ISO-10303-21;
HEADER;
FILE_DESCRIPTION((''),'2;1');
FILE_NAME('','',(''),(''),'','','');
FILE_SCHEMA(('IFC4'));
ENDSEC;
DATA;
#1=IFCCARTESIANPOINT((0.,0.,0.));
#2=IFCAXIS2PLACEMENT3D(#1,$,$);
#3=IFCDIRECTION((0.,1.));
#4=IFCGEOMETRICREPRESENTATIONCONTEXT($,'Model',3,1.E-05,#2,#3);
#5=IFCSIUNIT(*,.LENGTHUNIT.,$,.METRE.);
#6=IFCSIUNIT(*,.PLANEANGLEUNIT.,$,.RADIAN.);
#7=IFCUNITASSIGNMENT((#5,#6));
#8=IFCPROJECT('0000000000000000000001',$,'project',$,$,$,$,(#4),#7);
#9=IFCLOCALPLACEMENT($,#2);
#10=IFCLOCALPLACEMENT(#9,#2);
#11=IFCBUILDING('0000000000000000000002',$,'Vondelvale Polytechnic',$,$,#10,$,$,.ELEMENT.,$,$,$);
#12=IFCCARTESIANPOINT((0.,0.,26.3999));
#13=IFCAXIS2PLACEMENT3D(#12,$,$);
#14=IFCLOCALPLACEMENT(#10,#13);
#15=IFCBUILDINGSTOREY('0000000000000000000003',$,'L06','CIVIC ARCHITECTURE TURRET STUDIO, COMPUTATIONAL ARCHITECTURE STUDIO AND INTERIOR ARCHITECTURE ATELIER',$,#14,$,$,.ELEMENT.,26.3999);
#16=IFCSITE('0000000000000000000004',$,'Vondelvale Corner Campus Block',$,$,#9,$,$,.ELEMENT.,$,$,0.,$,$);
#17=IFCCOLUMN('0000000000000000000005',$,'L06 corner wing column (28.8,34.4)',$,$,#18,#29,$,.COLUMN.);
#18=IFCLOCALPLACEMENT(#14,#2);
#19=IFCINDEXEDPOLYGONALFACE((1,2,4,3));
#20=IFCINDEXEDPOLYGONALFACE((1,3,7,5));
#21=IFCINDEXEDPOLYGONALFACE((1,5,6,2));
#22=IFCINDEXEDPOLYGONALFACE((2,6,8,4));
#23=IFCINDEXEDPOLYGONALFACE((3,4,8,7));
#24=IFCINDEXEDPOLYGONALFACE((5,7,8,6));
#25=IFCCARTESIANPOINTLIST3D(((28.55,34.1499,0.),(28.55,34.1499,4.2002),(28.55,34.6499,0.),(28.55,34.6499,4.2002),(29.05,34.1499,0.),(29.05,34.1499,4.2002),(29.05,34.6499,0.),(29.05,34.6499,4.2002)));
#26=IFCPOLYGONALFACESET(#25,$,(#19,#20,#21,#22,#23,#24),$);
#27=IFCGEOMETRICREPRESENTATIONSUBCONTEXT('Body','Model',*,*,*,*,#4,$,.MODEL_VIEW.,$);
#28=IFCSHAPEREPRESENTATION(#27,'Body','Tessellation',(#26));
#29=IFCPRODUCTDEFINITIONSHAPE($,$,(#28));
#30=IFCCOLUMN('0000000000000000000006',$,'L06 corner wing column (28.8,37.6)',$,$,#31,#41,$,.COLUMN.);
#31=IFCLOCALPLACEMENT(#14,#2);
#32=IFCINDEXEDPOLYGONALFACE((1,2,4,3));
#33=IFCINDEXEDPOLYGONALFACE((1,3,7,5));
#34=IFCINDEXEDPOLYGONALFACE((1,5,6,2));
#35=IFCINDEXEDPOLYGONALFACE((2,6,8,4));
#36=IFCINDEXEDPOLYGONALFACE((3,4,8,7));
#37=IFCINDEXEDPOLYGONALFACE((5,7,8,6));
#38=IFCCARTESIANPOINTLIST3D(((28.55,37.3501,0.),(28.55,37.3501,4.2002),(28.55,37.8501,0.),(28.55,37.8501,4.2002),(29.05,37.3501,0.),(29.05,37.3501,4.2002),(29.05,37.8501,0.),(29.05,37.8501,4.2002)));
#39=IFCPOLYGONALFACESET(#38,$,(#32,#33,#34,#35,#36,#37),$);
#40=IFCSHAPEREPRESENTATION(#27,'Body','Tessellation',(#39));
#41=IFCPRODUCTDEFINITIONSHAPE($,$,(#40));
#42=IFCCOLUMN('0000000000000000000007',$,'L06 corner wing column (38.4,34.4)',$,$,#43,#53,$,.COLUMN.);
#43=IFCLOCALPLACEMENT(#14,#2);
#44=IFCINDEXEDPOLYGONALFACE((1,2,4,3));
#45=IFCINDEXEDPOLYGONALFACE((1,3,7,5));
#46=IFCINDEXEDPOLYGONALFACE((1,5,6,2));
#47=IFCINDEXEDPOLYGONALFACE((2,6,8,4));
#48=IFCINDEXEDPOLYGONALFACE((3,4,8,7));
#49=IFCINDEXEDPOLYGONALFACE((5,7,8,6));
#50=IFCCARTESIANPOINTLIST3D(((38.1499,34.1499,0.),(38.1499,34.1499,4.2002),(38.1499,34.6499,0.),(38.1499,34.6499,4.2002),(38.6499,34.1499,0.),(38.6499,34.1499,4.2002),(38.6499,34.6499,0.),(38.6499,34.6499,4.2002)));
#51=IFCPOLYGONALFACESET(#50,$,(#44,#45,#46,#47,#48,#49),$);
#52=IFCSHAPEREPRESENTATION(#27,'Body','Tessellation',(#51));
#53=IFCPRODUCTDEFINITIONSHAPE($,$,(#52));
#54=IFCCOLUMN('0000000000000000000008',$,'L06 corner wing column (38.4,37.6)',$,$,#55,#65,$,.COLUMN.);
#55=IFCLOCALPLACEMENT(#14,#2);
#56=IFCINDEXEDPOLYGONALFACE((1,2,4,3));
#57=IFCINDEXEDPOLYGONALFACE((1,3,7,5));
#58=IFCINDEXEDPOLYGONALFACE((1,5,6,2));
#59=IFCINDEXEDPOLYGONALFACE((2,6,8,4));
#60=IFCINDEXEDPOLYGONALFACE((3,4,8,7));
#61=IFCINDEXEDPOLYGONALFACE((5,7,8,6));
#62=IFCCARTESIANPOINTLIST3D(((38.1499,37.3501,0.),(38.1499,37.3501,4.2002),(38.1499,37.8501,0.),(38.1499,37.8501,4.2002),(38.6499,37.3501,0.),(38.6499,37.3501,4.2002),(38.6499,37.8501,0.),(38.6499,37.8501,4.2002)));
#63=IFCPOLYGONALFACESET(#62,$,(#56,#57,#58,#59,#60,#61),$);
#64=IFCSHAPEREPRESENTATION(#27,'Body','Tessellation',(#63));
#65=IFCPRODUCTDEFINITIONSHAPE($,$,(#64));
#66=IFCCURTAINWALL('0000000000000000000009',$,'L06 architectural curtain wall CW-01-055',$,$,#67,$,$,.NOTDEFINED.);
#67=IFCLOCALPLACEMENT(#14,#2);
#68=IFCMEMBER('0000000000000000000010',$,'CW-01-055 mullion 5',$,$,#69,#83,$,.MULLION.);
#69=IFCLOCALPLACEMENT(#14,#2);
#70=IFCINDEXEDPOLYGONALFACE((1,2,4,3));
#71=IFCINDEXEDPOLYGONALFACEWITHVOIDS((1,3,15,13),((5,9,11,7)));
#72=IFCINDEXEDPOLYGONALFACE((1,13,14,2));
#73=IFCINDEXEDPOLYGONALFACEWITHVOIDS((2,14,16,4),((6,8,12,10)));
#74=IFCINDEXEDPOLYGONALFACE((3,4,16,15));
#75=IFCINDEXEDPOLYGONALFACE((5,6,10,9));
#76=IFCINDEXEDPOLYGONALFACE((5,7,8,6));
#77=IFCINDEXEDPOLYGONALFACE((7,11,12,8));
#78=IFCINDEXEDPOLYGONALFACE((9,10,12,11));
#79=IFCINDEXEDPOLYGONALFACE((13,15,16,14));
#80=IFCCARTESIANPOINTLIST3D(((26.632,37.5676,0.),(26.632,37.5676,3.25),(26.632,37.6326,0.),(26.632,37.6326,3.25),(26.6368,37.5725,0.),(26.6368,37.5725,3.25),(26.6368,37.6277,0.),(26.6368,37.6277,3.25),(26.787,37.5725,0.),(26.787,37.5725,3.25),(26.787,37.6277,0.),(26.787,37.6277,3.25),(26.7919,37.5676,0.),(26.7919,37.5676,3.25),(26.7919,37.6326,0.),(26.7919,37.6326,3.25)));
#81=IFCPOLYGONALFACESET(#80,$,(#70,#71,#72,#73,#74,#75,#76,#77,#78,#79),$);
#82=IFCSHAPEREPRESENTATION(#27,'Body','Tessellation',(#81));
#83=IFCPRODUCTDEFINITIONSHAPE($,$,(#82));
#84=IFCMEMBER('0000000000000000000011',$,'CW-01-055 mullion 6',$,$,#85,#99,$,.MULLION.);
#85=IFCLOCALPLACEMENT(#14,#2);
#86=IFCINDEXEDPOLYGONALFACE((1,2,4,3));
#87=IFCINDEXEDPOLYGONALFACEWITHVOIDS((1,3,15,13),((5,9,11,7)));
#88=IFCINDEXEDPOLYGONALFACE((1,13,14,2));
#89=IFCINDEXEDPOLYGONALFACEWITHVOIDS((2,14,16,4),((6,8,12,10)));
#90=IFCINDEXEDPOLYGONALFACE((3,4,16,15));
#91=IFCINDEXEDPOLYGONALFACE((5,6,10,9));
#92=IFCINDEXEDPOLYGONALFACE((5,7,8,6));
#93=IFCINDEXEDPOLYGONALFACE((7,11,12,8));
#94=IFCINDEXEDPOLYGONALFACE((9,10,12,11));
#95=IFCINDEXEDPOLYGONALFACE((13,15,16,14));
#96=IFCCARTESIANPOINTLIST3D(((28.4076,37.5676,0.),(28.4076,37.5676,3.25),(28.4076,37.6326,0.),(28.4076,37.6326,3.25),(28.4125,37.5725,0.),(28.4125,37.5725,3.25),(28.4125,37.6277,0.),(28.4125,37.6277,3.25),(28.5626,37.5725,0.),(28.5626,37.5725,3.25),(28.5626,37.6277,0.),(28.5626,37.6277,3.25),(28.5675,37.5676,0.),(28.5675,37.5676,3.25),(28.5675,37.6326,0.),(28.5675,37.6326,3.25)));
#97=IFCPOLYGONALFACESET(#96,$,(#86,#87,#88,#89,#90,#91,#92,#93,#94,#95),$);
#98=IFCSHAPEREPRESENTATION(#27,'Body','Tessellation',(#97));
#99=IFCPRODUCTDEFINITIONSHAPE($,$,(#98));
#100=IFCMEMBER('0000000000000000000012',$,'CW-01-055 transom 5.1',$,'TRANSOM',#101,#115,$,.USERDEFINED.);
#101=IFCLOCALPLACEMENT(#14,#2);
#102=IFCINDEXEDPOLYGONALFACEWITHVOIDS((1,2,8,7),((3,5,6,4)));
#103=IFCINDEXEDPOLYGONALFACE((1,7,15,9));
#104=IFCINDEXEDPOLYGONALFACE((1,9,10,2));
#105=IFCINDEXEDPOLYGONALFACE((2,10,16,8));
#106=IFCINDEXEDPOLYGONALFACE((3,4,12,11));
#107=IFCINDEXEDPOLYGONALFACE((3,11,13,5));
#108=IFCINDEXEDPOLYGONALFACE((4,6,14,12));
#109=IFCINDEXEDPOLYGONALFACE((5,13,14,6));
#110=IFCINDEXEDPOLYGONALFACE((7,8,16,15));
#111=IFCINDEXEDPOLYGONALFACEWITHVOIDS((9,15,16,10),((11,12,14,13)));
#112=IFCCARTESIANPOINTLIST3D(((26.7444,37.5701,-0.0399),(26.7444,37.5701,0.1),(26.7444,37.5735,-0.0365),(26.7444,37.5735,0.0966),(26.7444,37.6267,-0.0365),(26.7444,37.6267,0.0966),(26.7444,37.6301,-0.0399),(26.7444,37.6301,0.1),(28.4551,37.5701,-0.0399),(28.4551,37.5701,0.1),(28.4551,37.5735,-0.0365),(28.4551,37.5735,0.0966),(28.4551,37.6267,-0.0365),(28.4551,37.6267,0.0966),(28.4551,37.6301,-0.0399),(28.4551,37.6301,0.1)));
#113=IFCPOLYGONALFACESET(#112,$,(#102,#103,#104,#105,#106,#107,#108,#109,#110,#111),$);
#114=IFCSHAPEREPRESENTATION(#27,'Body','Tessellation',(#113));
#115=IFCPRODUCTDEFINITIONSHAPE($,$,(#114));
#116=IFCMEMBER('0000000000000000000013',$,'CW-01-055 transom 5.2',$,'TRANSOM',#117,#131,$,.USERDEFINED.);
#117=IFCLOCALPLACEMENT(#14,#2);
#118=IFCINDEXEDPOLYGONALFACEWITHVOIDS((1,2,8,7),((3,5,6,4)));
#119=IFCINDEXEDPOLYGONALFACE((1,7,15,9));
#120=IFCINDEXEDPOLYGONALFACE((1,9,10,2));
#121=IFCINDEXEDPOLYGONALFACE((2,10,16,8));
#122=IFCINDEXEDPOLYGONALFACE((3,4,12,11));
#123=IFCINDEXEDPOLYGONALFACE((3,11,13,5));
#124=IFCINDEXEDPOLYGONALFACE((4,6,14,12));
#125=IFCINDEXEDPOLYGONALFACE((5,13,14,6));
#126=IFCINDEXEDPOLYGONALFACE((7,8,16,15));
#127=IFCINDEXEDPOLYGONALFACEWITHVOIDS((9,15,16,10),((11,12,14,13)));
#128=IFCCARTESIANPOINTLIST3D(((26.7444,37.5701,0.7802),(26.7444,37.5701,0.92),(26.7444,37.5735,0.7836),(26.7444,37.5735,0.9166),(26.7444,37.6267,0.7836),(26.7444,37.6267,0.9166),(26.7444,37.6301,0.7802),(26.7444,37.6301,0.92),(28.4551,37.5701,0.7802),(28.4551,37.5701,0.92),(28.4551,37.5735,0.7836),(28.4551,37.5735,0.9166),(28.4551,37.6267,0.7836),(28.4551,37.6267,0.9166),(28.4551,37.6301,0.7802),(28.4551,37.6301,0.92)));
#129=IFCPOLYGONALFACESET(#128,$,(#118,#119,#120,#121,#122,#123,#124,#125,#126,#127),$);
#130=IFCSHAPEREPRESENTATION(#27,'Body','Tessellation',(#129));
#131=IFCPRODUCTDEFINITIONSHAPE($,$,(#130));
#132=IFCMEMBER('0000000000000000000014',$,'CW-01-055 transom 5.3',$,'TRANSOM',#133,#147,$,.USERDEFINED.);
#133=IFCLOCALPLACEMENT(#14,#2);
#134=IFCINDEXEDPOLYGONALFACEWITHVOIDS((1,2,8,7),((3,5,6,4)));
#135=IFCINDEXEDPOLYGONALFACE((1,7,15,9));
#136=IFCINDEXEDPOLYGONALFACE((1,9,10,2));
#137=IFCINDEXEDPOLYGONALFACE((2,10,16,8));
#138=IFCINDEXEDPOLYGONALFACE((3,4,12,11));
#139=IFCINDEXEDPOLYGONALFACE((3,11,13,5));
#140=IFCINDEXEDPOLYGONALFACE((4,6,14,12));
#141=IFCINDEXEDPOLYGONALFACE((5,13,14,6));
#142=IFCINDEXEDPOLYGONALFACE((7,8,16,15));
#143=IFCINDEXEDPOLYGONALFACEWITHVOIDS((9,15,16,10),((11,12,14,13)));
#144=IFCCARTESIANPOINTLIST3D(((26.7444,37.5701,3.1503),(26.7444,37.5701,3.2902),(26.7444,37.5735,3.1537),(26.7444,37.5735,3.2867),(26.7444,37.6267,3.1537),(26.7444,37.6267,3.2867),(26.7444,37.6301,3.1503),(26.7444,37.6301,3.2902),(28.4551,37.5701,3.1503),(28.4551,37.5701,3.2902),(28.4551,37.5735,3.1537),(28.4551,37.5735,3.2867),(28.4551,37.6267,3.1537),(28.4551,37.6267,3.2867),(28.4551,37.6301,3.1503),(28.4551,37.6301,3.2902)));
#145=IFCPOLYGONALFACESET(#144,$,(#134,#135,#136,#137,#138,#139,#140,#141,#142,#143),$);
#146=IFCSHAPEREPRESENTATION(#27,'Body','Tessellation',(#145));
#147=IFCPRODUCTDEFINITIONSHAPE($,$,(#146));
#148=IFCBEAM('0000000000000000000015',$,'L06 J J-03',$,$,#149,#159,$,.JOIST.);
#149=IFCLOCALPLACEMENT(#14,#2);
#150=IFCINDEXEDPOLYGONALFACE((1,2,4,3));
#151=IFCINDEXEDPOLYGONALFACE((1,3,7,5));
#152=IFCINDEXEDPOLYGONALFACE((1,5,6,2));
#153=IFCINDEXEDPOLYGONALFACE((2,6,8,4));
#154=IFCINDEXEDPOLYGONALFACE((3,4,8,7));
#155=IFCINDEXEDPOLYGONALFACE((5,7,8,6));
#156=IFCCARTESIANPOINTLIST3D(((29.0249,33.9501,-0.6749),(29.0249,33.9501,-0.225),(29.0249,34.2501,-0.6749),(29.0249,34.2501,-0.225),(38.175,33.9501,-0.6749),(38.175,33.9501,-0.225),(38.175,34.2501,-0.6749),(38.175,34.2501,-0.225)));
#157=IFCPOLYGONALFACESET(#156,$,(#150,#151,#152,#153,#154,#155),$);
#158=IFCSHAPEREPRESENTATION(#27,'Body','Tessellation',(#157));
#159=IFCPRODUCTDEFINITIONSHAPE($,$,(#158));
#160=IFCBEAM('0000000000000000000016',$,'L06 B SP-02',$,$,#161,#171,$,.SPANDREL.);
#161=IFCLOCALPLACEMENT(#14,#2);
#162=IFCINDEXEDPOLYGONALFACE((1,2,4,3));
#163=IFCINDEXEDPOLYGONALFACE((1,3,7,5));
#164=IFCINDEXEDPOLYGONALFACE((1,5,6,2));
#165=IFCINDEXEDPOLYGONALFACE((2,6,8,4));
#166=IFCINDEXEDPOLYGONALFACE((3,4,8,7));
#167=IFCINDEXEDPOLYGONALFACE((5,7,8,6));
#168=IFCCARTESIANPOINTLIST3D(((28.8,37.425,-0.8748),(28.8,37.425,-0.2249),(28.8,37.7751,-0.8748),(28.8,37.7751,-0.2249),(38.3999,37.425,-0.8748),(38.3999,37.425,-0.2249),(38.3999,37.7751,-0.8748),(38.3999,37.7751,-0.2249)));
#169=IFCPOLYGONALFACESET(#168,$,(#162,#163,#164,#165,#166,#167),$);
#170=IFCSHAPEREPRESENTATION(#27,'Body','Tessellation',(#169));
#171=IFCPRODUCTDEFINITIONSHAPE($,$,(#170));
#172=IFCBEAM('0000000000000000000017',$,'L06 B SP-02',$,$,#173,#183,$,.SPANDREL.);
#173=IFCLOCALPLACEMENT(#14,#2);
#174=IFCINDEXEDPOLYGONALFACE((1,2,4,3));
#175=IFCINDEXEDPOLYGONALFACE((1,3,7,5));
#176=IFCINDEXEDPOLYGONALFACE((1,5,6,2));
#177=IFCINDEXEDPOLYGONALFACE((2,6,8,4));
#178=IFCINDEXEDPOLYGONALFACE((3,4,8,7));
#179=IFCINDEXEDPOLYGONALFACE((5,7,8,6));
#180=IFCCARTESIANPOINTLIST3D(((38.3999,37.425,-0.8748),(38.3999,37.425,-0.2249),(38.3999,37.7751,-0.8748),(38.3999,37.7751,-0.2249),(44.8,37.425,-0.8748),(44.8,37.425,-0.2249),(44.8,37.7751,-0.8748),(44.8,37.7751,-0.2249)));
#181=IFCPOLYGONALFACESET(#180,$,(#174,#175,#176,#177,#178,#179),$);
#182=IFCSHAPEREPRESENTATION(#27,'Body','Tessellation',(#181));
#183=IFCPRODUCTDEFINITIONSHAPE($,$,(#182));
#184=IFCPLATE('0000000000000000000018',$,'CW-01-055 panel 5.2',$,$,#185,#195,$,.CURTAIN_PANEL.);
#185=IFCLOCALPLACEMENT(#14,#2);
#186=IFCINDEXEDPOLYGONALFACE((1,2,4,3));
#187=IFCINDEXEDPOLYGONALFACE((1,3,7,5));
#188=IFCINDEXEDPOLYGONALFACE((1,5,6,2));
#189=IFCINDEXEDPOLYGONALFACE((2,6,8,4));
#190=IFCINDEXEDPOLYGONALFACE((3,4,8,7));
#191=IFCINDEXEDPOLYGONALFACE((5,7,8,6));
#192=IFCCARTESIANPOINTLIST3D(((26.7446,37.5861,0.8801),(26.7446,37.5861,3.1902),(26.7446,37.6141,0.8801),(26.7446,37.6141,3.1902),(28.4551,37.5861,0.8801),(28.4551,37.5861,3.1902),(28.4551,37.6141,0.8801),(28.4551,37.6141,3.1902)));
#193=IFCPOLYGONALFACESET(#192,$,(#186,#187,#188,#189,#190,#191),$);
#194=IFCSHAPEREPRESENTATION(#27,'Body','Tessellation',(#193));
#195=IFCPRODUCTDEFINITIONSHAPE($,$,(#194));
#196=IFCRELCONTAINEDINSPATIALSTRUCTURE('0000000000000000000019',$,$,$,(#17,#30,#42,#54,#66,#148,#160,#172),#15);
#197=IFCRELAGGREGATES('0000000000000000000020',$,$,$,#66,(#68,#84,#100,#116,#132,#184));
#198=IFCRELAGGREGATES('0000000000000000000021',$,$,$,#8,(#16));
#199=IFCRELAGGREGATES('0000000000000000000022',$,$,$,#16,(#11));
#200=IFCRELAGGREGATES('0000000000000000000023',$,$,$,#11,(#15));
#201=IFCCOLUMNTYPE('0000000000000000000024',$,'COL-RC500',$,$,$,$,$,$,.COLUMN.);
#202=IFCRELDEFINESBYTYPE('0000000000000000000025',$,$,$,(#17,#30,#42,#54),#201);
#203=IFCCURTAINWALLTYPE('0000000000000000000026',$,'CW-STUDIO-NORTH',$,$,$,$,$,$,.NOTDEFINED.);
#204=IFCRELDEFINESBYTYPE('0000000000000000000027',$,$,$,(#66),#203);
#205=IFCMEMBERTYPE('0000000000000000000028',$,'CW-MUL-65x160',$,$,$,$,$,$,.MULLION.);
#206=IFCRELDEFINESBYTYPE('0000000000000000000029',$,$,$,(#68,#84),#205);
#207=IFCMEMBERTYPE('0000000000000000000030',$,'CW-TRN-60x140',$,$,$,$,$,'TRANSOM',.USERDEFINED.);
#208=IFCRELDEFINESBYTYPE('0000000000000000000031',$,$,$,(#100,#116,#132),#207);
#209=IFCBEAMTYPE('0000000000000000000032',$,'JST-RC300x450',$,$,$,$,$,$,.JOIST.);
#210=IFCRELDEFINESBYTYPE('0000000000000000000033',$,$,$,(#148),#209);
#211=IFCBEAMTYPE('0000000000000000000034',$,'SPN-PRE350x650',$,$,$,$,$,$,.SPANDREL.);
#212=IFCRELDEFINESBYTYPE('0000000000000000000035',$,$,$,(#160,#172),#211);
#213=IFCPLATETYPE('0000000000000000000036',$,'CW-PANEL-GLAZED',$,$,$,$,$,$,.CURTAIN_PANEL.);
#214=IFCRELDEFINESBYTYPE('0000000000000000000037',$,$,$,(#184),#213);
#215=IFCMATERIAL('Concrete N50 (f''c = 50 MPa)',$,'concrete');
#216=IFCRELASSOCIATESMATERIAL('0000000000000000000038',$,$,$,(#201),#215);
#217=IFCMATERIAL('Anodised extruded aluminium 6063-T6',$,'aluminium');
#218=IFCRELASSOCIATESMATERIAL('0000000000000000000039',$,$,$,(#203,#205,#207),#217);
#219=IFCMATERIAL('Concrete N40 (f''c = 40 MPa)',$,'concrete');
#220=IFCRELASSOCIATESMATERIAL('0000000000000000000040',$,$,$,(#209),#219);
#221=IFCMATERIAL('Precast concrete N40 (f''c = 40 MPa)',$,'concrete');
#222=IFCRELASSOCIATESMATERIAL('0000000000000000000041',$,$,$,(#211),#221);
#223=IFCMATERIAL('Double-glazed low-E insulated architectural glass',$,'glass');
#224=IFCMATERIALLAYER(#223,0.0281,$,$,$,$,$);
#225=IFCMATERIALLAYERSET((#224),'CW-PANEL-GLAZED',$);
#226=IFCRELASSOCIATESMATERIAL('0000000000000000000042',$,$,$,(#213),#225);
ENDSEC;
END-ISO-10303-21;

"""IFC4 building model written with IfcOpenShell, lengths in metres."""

from ifc_helpers import new_model, si_unit, direction, frame, origin, origin_2d, place, context, subcontext, project, spatial, rectangle, hollow_rectangle, extrude, material, layer, layer_set, material_profile, profile_set, type_object, element, aggregate, save


model = new_model("IFC4")

# Units and contexts
model_context = context("Model", 3, precision=1e-05, world=origin(), true_north=direction((0.0, 1.0)))
body_context = subcontext(model_context, "Body", "Model", "MODEL_VIEW")
ifc_project = project(units=[si_unit("LENGTHUNIT", "METRE"), si_unit("PLANEANGLEUNIT", "RADIAN")], contexts=[model_context])

# Site, building, storey
site_placement = place(None, origin())
site = spatial("IfcSite", under=ifc_project, at=site_placement, Name="Vondelvale Corner Campus Block", CompositionType="ELEMENT", RefElevation=0.0)
building_placement = place(site_placement, origin())
building = spatial("IfcBuilding", under=site, at=building_placement, Name="Vondelvale Polytechnic", CompositionType="ELEMENT")
storey_placement = place(building_placement, frame((0.0, 0.0, 26.3999)))
storey = spatial("IfcBuildingStorey", under=building, at=storey_placement, Name="L06", Description="CIVIC ARCHITECTURE TURRET STUDIO, COMPUTATIONAL ARCHITECTURE STUDIO AND INTERIOR ARCHITECTURE ATELIER", CompositionType="ELEMENT", Elevation=26.3999)

# Columns
ifc_material_1 = material(Name="Concrete N50 (f'c = 50 MPa)", Category="concrete")
ifc_material_profile_1 = material_profile(ifc_material_1, rectangle(XDim=0.5, YDim=0.5, at=origin_2d()), Name="RC-COL-500x500")
ifc_profile_set_1 = profile_set([ifc_material_profile_1], Name="Concrete N50 (f'c = 50 MPa)")
column_type = type_object("IfcColumnType", Name="COL-RC500", PredefinedType="COLUMN", material=ifc_profile_set_1)
for number, where, z_axis, x_axis, name in (
    (1, (28.8, 34.3999, 0.0), (0.0, 0.0, 1.0), (1.0, 0.0, 0.0), "L06 corner wing column (28.8,34.4)"),
    (2, (28.8, 37.6001, 0.0), (0.0, 0.0, 1.0), (1.0, 0.0, 0.0), "L06 corner wing column (28.8,37.6)"),
    (3, (38.3999, 34.3999, 0.0), (0.0, 0.0, 1.0), (1.0, 0.0, 0.0), "L06 corner wing column (38.4,34.4)"),
    (4, (38.3999, 37.6001, 0.0), (0.0, 0.0, 1.0), (1.0, 0.0, 0.0), "L06 corner wing column (38.4,37.6)"),
):
    element("IfcColumn", number, at=place(storey_placement, frame(where, z_axis=z_axis, x_axis=x_axis)), inside=storey, type_object=column_type, Name=name, PredefinedType="COLUMN", context=body_context, shape_type="SweptSolid", body=[
        extrude(rectangle(XDim=0.5, YDim=0.5, at=origin_2d()), origin(), (0.0, 0.0, 1.0), 4.2002),
    ])

# Curtain wall, members
ifc_material_2 = material(Name="Anodised extruded aluminium 6063-T6", Category="aluminium")
curtain_wall_type = type_object("IfcCurtainWallType", Name="CW-STUDIO-NORTH", PredefinedType="NOTDEFINED", material=ifc_material_2)
curtain_wall_placement = place(storey_placement, origin())
curtain_wall = element("IfcCurtainWall", 5, at=curtain_wall_placement, inside=storey, type_object=curtain_wall_type, Name="L06 architectural curtain wall CW-01-055", PredefinedType="NOTDEFINED")
ifc_material_profile_2 = material_profile(ifc_material_2, hollow_rectangle(XDim=0.0649, YDim=0.1599, WallThickness=0.0049, at=origin_2d()), Name="CW-MUL-160x65")
ifc_profile_set_2 = profile_set([ifc_material_profile_2], Name="Anodised extruded aluminium 6063-T6")
member_type_1 = type_object("IfcMemberType", Name="CW-MUL-65x160", PredefinedType="MULLION", material=ifc_profile_set_2)
member_1_placement = place(storey_placement, frame((26.7119, 37.6001, 0.0), z_axis=(0.0, 0.0, 1.0), x_axis=(0.0, 1.0, 0.0)))
member_1 = element("IfcMember", 6, at=member_1_placement, type_object=member_type_1, Name="CW-01-055 mullion 5", PredefinedType="MULLION", context=body_context, shape_type="SweptSolid", body=[
    extrude(hollow_rectangle(XDim=0.0649, YDim=0.1599, WallThickness=0.0049, at=origin_2d()), origin(), (0.0, 0.0, 1.0), 3.25),
])
member_2_placement = place(storey_placement, frame((28.4875, 37.6001, 0.0), z_axis=(0.0, 0.0, 1.0), x_axis=(0.0, 1.0, 0.0)))
member_2 = element("IfcMember", 7, at=member_2_placement, type_object=member_type_1, Name="CW-01-055 mullion 6", PredefinedType="MULLION", context=body_context, shape_type="SweptSolid", body=[
    extrude(hollow_rectangle(XDim=0.0649, YDim=0.1599, WallThickness=0.0049, at=origin_2d()), origin(), (0.0, 0.0, 1.0), 3.25),
])
ifc_material_profile_3 = material_profile(ifc_material_2, hollow_rectangle(XDim=0.0601, YDim=0.1399, WallThickness=0.0034, at=origin_2d()), Name="CW-TRN-140x60")
ifc_profile_set_3 = profile_set([ifc_material_profile_3], Name="Anodised extruded aluminium 6063-T6")
member_type_2 = type_object("IfcMemberType", Name="CW-TRN-60x140", ElementType="TRANSOM", PredefinedType="USERDEFINED", material=ifc_profile_set_3)
member_3_placement = place(storey_placement, frame((26.7444, 37.6001, 0.03), z_axis=(1.0, 0.0, 0.0), x_axis=(0.0, 1.0, 0.0)))
member_3 = element("IfcMember", 8, at=member_3_placement, type_object=member_type_2, Name="CW-01-055 transom 5.1", ObjectType="TRANSOM", PredefinedType="USERDEFINED", context=body_context, shape_type="SweptSolid", body=[
    extrude(hollow_rectangle(XDim=0.0601, YDim=0.1399, WallThickness=0.0034, at=origin_2d()), origin(), (0.0, 0.0, 1.0), 1.7107),
])
member_4_placement = place(storey_placement, frame((26.7444, 37.6001, 0.8501), z_axis=(1.0, 0.0, 0.0), x_axis=(0.0, 1.0, 0.0)))
member_4 = element("IfcMember", 9, at=member_4_placement, type_object=member_type_2, Name="CW-01-055 transom 5.2", ObjectType="TRANSOM", PredefinedType="USERDEFINED", context=body_context, shape_type="SweptSolid", body=[
    extrude(hollow_rectangle(XDim=0.0601, YDim=0.1399, WallThickness=0.0034, at=origin_2d()), origin(), (0.0, 0.0, 1.0), 1.7107),
])
member_5_placement = place(storey_placement, frame((26.7444, 37.6001, 3.2202), z_axis=(1.0, 0.0, 0.0), x_axis=(0.0, 1.0, 0.0)))
member_5 = element("IfcMember", 10, at=member_5_placement, type_object=member_type_2, Name="CW-01-055 transom 5.3", ObjectType="TRANSOM", PredefinedType="USERDEFINED", context=body_context, shape_type="SweptSolid", body=[
    extrude(hollow_rectangle(XDim=0.0601, YDim=0.1399, WallThickness=0.0034, at=origin_2d()), origin(), (0.0, 0.0, 1.0), 1.7107),
])

# Beams
ifc_material_3 = material(Name="Concrete N40 (f'c = 40 MPa)", Category="concrete")
ifc_material_profile_4 = material_profile(ifc_material_3, rectangle(XDim=0.3, YDim=0.45, at=origin_2d()), Name="RC-JST-300x450")
ifc_profile_set_4 = profile_set([ifc_material_profile_4], Name="Concrete N40 (f'c = 40 MPa)")
beam_type_1 = type_object("IfcBeamType", Name="JST-RC300x450", PredefinedType="JOIST", material=ifc_profile_set_4)
beam_1_placement = place(storey_placement, frame((29.0249, 34.1001, -0.45), z_axis=(1.0, 0.0, 0.0), x_axis=(0.0, 1.0, 0.0)))
element("IfcBeam", 11, at=beam_1_placement, inside=storey, type_object=beam_type_1, Name="L06 J J-03", PredefinedType="JOIST", context=body_context, shape_type="SweptSolid", body=[
    extrude(rectangle(XDim=0.3, YDim=0.45, at=origin_2d()), origin(), (0.0, 0.0, 1.0), 9.1501),
])
ifc_material_4 = material(Name="Precast concrete N40 (f'c = 40 MPa)", Category="concrete")
ifc_material_profile_5 = material_profile(ifc_material_4, rectangle(XDim=0.3501, YDim=0.6499, at=origin_2d()), Name="RC-SPN-350x650")
ifc_profile_set_5 = profile_set([ifc_material_profile_5], Name="Precast concrete N40 (f'c = 40 MPa)")
beam_type_2 = type_object("IfcBeamType", Name="SPN-PRE350x650", PredefinedType="SPANDREL", material=ifc_profile_set_5)
beam_2_placement = place(storey_placement, frame((28.8, 37.6001, -0.5498), z_axis=(1.0, 0.0, 0.0), x_axis=(0.0, 1.0, 0.0)))
element("IfcBeam", 12, at=beam_2_placement, inside=storey, type_object=beam_type_2, Name="L06 B SP-02", PredefinedType="SPANDREL", context=body_context, shape_type="SweptSolid", body=[
    extrude(rectangle(XDim=0.3501, YDim=0.6499, at=origin_2d()), origin(), (0.0, 0.0, 1.0), 9.5999),
])
beam_3_placement = place(storey_placement, frame((38.3999, 37.6001, -0.5498), z_axis=(1.0, 0.0, 0.0), x_axis=(0.0, 1.0, 0.0)))
element("IfcBeam", 13, at=beam_3_placement, inside=storey, type_object=beam_type_2, Name="L06 B SP-02", PredefinedType="SPANDREL", context=body_context, shape_type="SweptSolid", body=[
    extrude(rectangle(XDim=0.3501, YDim=0.6499, at=origin_2d()), origin(), (0.0, 0.0, 1.0), 6.4001),
])

# Plate
ifc_material_5 = material(Name="Double-glazed low-E insulated architectural glass", Category="glass")
ifc_layer_1 = layer(ifc_material_5, 0.0281)
ifc_layer_set_1 = layer_set([ifc_layer_1], Name="CW-PANEL-GLAZED")
plate_type_1 = type_object("IfcPlateType", Name="CW-PANEL-GLAZED", PredefinedType="CURTAIN_PANEL", material=ifc_layer_set_1)
plate_1_placement = place(storey_placement, frame((27.5999, 37.6001, 0.8801), z_axis=(0.0, 0.0, 1.0), x_axis=(1.0, 0.0, 0.0)))
plate_1 = element("IfcPlate", 14, at=plate_1_placement, type_object=plate_type_1, Name="CW-01-055 panel 5.2", PredefinedType="CURTAIN_PANEL", context=body_context, shape_type="SweptSolid", body=[
    extrude(rectangle(XDim=1.7104, YDim=0.0281, at=origin_2d()), origin(), (0.0, 0.0, 1.0), 2.3101),
])
aggregate(curtain_wall, [member_1, member_2, member_3, member_4, member_5, plate_1])

save(model, "model.ifc")
